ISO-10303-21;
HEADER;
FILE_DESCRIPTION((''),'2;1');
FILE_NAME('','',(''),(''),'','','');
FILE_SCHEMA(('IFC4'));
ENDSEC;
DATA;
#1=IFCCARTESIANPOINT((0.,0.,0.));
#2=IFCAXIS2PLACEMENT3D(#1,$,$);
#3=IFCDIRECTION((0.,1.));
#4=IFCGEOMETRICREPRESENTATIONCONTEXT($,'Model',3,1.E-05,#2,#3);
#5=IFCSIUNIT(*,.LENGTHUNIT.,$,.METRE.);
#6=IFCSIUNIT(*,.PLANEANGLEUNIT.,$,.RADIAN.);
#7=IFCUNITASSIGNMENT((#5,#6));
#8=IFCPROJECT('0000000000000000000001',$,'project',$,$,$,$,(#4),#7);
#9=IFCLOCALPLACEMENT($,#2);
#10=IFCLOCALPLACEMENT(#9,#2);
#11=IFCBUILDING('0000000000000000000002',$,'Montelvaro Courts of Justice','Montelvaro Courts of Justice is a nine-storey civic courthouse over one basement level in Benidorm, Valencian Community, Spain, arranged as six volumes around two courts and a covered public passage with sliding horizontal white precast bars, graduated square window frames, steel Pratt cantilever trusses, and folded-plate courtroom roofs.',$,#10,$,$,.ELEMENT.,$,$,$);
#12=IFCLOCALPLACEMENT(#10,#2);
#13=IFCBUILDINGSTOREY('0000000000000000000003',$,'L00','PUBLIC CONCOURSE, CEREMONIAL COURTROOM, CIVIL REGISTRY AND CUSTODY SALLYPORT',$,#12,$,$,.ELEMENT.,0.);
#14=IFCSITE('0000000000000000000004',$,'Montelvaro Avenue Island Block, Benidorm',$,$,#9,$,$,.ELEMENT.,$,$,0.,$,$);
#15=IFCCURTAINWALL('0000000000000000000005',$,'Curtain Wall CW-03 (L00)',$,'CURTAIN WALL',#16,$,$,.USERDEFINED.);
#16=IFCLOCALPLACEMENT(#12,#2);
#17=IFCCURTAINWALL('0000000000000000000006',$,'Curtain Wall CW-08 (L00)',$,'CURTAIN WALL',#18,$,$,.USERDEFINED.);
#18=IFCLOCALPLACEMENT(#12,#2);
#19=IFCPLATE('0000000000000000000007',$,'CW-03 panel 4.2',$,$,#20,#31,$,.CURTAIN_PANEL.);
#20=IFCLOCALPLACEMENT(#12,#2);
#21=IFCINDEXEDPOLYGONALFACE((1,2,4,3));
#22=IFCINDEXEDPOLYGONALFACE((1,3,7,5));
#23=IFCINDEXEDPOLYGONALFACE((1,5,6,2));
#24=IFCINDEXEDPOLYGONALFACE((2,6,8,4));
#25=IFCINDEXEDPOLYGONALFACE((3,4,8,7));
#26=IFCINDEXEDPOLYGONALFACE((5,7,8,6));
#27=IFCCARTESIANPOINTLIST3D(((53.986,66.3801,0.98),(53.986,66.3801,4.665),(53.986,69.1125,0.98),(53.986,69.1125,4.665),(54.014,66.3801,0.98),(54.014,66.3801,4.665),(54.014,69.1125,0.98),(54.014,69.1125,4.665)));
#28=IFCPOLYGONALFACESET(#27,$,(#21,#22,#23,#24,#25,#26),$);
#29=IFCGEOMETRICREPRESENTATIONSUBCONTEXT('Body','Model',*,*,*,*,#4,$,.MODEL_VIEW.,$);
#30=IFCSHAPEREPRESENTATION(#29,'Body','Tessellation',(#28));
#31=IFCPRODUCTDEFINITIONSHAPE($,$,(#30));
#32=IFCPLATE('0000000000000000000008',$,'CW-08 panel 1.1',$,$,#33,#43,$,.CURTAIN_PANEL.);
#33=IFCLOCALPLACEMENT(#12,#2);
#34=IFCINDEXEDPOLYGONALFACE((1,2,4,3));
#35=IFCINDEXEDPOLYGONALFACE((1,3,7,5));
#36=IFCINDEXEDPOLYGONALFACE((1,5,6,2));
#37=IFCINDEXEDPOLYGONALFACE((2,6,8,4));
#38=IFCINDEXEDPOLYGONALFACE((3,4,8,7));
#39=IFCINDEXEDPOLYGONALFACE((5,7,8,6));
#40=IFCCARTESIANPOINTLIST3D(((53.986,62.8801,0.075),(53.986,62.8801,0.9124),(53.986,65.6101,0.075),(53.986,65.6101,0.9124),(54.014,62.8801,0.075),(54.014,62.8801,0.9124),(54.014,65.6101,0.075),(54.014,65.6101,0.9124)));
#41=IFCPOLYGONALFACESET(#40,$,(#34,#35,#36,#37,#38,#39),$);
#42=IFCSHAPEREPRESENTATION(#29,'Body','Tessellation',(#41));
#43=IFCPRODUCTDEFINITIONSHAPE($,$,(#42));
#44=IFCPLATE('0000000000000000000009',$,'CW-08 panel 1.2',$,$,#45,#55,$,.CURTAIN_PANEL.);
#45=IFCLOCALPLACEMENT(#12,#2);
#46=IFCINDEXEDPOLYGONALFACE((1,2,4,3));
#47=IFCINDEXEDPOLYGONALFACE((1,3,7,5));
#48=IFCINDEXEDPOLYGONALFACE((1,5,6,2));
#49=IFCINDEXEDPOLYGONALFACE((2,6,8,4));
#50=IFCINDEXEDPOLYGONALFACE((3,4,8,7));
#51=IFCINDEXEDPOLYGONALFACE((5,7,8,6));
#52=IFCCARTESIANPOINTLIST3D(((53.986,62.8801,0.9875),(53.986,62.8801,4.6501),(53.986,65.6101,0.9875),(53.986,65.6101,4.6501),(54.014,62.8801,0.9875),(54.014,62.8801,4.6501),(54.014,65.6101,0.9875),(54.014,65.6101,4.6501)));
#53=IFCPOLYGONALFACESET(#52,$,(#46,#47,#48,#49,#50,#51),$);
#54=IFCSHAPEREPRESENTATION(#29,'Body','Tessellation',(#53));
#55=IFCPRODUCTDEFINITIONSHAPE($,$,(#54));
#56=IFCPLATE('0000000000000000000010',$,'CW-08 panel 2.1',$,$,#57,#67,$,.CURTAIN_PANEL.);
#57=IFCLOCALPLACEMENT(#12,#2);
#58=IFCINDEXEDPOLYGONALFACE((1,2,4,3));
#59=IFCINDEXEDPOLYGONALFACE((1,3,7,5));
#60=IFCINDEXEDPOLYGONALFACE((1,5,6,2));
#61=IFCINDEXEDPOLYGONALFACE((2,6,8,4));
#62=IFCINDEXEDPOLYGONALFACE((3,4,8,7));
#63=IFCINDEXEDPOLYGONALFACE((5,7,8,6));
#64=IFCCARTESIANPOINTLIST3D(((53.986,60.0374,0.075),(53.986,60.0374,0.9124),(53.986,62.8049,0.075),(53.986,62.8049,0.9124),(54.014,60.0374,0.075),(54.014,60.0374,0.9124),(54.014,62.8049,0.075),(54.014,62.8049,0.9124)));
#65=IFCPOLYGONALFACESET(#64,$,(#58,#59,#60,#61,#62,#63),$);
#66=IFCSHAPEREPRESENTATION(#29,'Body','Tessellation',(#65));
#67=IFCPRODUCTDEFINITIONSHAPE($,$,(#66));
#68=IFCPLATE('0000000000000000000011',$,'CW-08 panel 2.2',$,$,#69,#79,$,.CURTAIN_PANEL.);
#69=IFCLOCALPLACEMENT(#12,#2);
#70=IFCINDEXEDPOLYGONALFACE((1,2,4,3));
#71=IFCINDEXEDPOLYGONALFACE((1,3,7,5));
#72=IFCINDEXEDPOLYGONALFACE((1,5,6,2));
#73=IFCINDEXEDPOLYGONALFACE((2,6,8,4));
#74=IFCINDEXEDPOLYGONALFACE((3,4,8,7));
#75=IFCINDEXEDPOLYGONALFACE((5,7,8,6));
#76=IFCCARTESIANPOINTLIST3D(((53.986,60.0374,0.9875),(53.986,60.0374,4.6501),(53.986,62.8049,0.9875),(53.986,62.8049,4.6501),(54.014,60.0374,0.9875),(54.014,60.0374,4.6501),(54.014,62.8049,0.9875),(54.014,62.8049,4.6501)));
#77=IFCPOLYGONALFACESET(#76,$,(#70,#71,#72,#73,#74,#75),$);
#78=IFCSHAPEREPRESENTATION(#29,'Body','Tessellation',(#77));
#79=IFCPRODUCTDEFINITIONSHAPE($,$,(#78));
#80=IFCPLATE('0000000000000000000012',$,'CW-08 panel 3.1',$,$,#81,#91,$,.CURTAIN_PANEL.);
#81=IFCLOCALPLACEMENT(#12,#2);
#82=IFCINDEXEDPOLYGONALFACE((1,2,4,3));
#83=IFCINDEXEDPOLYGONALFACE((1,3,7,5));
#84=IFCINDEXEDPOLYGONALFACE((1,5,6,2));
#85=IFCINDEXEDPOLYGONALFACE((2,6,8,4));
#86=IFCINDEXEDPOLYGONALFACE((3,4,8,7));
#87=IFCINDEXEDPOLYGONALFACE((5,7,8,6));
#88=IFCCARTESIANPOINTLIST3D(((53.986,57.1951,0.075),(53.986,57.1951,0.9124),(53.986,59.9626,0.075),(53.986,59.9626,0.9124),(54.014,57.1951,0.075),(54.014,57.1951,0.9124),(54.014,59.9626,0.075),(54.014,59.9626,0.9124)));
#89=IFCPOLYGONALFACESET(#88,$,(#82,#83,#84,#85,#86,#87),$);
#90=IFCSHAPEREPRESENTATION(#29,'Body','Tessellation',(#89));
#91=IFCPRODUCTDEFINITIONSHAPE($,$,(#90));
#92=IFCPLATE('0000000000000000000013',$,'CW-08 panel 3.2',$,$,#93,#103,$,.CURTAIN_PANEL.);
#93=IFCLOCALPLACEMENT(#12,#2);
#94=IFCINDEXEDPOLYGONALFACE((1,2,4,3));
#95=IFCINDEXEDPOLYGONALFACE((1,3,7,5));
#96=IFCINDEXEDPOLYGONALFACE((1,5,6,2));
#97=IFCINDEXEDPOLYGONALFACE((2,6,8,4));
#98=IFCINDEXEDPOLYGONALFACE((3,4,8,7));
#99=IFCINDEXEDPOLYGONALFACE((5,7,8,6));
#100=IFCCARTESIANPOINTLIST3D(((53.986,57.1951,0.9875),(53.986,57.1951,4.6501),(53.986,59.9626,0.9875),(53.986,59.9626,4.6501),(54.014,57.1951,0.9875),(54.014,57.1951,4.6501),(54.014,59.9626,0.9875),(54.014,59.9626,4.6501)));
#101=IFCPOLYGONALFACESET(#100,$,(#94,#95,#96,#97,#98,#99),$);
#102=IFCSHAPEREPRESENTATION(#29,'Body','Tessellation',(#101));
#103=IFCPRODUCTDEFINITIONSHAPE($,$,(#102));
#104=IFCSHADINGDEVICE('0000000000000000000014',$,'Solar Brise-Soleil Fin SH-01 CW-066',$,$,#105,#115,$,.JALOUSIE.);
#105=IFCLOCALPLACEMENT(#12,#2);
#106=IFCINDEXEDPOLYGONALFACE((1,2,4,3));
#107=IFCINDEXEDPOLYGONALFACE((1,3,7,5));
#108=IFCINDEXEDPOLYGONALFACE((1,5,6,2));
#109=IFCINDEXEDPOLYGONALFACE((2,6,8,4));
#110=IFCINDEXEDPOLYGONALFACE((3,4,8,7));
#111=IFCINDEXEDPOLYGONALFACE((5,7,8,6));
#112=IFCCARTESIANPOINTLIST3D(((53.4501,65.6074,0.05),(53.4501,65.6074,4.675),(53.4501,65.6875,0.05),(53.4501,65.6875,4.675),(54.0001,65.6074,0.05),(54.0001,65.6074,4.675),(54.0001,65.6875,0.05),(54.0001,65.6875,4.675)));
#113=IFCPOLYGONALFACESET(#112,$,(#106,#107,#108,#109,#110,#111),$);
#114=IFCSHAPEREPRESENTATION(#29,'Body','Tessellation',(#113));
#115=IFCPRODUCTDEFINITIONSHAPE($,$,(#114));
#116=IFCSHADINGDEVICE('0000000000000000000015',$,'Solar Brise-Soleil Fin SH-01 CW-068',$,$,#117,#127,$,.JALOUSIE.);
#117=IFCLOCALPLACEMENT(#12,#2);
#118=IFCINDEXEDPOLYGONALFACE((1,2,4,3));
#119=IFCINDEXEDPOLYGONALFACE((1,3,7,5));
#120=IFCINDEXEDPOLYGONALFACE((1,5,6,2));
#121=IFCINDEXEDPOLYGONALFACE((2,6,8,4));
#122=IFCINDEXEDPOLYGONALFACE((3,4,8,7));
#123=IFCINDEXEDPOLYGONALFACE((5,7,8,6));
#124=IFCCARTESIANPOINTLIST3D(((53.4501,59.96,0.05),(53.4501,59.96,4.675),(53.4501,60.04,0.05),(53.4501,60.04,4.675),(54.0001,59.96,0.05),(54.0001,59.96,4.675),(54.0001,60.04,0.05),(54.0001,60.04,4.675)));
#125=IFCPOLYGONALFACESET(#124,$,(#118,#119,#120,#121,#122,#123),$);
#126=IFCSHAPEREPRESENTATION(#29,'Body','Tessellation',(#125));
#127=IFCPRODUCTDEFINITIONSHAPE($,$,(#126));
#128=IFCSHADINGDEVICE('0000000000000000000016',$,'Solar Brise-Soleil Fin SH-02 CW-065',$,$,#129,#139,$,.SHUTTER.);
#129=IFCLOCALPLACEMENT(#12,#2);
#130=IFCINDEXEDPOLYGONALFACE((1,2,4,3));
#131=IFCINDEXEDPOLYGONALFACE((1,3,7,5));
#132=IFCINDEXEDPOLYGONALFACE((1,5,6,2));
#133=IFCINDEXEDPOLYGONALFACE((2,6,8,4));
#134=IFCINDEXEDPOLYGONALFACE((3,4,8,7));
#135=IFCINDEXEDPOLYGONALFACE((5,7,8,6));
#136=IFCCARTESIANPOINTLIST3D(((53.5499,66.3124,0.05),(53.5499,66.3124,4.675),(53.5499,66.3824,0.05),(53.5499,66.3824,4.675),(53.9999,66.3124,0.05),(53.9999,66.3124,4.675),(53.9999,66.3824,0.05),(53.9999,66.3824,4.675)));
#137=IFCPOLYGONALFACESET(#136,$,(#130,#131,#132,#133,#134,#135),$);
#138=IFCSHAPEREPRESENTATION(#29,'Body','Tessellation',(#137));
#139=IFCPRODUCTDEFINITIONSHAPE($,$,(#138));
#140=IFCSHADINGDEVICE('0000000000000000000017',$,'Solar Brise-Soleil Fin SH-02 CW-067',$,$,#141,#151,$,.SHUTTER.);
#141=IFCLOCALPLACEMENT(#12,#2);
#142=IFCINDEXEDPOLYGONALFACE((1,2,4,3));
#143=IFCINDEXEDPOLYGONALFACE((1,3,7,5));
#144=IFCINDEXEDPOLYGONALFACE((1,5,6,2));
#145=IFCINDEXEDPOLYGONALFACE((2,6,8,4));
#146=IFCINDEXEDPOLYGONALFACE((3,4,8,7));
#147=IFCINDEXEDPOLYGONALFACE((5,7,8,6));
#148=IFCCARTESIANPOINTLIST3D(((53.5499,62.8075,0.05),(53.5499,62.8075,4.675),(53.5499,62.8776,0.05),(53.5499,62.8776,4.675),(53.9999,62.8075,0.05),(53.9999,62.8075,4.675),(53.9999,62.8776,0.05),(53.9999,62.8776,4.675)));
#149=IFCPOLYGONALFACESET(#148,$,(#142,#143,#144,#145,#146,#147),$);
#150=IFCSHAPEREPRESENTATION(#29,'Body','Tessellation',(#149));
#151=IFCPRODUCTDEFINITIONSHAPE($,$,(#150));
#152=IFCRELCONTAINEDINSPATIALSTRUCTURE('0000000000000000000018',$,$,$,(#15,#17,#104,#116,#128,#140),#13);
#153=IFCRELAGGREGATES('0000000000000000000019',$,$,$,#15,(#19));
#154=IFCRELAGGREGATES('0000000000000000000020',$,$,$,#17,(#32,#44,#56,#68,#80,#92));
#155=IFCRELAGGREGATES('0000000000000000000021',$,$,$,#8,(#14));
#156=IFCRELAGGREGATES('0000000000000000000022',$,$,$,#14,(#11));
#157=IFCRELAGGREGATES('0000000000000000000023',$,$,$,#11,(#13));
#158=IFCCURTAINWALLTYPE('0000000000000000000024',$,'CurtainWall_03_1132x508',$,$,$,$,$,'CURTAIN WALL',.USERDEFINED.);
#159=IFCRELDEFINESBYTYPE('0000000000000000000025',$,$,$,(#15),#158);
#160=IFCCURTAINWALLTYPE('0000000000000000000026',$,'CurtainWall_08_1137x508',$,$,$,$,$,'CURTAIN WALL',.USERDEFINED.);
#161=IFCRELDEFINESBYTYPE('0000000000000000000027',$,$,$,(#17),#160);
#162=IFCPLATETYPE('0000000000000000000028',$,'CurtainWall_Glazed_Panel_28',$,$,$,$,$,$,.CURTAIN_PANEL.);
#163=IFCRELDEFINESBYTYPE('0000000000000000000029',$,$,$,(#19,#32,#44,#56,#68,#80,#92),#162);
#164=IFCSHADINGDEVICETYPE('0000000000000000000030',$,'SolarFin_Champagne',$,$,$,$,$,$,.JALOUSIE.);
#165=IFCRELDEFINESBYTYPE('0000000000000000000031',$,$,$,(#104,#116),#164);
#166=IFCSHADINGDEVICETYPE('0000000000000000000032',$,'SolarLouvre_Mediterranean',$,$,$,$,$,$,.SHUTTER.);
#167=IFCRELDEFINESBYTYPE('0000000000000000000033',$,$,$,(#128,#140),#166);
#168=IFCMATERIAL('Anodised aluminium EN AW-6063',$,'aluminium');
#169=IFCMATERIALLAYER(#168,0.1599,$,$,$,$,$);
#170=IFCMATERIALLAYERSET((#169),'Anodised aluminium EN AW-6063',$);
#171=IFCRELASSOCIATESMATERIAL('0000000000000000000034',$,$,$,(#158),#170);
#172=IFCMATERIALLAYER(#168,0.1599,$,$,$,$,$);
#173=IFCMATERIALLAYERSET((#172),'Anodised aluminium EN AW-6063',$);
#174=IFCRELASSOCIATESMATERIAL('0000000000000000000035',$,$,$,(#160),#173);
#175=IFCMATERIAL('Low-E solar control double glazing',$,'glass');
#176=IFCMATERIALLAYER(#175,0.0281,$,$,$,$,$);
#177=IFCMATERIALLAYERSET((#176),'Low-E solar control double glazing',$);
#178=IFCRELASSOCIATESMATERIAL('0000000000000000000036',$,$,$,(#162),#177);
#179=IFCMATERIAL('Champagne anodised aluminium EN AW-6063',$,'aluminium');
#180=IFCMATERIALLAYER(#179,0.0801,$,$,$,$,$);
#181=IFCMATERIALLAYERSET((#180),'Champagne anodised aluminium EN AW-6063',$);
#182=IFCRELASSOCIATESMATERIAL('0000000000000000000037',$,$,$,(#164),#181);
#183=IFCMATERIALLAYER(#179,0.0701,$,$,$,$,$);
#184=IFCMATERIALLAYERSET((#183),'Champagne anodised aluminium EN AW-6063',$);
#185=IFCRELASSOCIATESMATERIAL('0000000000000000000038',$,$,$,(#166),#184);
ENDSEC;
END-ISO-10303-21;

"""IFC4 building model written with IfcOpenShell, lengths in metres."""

from ifc_helpers import new_model, si_unit, direction, frame, origin, origin_2d, place, context, subcontext, project, spatial, rectangle, extrude, material, layer, layer_set, type_object, element, aggregate, save


model = new_model("IFC4")

# Units and contexts
model_context = context("Model", 3, precision=1e-05, world=origin(), true_north=direction((0.0, 1.0)))
body_context = subcontext(model_context, "Body", "Model", "MODEL_VIEW")
ifc_project = project(units=[si_unit("LENGTHUNIT", "METRE"), si_unit("PLANEANGLEUNIT", "RADIAN")], contexts=[model_context])

# Site, building, storey
site_placement = place(None, origin())
site = spatial("IfcSite", under=ifc_project, at=site_placement, Name="Montelvaro Avenue Island Block, Benidorm", CompositionType="ELEMENT", RefElevation=0.0)
building_placement = place(site_placement, origin())
building = spatial("IfcBuilding", under=site, at=building_placement, Name="Montelvaro Courts of Justice", Description="Montelvaro Courts of Justice is a nine-storey civic courthouse over one basement level in Benidorm, Valencian Community, Spain, arranged as six volumes around two courts and a covered public passage with sliding horizontal white precast bars, graduated square window frames, steel Pratt cantilever trusses, and folded-plate courtroom roofs.", CompositionType="ELEMENT")
storey_placement = place(building_placement, origin())
storey = spatial("IfcBuildingStorey", under=building, at=storey_placement, Name="L00", Description="PUBLIC CONCOURSE, CEREMONIAL COURTROOM, CIVIL REGISTRY AND CUSTODY SALLYPORT", CompositionType="ELEMENT", Elevation=0.0)

# Curtain wall
ifc_material_1 = material(Name="Anodised aluminium EN AW-6063", Category="aluminium")
ifc_layer_1 = layer(ifc_material_1, 0.1599)
ifc_layer_set_1 = layer_set([ifc_layer_1], Name="Anodised aluminium EN AW-6063")
curtain_wall_type_1 = type_object("IfcCurtainWallType", Name="CurtainWall_03_1132x508", ElementType="CURTAIN WALL", PredefinedType="USERDEFINED", material=ifc_layer_set_1)
curtain_wall_1_placement = place(storey_placement, origin())
curtain_wall_1 = element("IfcCurtainWall", 1, at=curtain_wall_1_placement, inside=storey, type_object=curtain_wall_type_1, Name="Curtain Wall CW-03 (L00)", ObjectType="CURTAIN WALL", PredefinedType="USERDEFINED")

# Curtain wall
ifc_layer_2 = layer(ifc_material_1, 0.1599)
ifc_layer_set_2 = layer_set([ifc_layer_2], Name="Anodised aluminium EN AW-6063")
curtain_wall_type_2 = type_object("IfcCurtainWallType", Name="CurtainWall_08_1137x508", ElementType="CURTAIN WALL", PredefinedType="USERDEFINED", material=ifc_layer_set_2)
curtain_wall_2_placement = place(storey_placement, origin())
curtain_wall_2 = element("IfcCurtainWall", 2, at=curtain_wall_2_placement, inside=storey, type_object=curtain_wall_type_2, Name="Curtain Wall CW-08 (L00)", ObjectType="CURTAIN WALL", PredefinedType="USERDEFINED")

# Plates
ifc_material_2 = material(Name="Low-E solar control double glazing", Category="glass")
ifc_layer_3 = layer(ifc_material_2, 0.0281)
ifc_layer_set_3 = layer_set([ifc_layer_3], Name="Low-E solar control double glazing")
plate_type = type_object("IfcPlateType", Name="CurtainWall_Glazed_Panel_28", PredefinedType="CURTAIN_PANEL", material=ifc_layer_set_3)
plate_1_placement = place(storey_placement, frame((54.0, 67.7463, 0.98), z_axis=(0.0, 0.0, 1.0), x_axis=(0.0, -1.0, 0.0)))
plate_1 = element("IfcPlate", 3, at=plate_1_placement, type_object=plate_type, Name="CW-03 panel 4.2", PredefinedType="CURTAIN_PANEL", context=body_context, shape_type="SweptSolid", body=[
    extrude(rectangle(XDim=2.7324, YDim=0.0281, at=origin_2d()), origin(), (0.0, 0.0, 1.0), 3.6851),
])
aggregate(curtain_wall_1, [plate_1])
plate_2_placement = place(storey_placement, frame((54.0, 64.2451, 0.075), z_axis=(0.0, 0.0, 1.0), x_axis=(0.0, -1.0, 0.0)))
plate_2 = element("IfcPlate", 4, at=plate_2_placement, type_object=plate_type, Name="CW-08 panel 1.1", PredefinedType="CURTAIN_PANEL", context=body_context, shape_type="SweptSolid", body=[
    extrude(rectangle(XDim=2.73, YDim=0.0281, at=origin_2d()), origin(), (0.0, 0.0, 1.0), 0.8374),
])
plate_3_placement = place(storey_placement, frame((54.0, 64.2451, 0.9875), z_axis=(0.0, 0.0, 1.0), x_axis=(0.0, -1.0, 0.0)))
plate_3 = element("IfcPlate", 5, at=plate_3_placement, type_object=plate_type, Name="CW-08 panel 1.2", PredefinedType="CURTAIN_PANEL", context=body_context, shape_type="SweptSolid", body=[
    extrude(rectangle(XDim=2.73, YDim=0.0281, at=origin_2d()), origin(), (0.0, 0.0, 1.0), 3.6626),
])
plate_4_placement = place(storey_placement, frame((54.0, 61.4211, 0.075), z_axis=(0.0, 0.0, 1.0), x_axis=(0.0, -1.0, 0.0)))
plate_4 = element("IfcPlate", 6, at=plate_4_placement, type_object=plate_type, Name="CW-08 panel 2.1", PredefinedType="CURTAIN_PANEL", context=body_context, shape_type="SweptSolid", body=[
    extrude(rectangle(XDim=2.7676, YDim=0.0281, at=origin_2d()), origin(), (0.0, 0.0, 1.0), 0.8374),
])
plate_5_placement = place(storey_placement, frame((54.0, 61.4211, 0.9875), z_axis=(0.0, 0.0, 1.0), x_axis=(0.0, -1.0, 0.0)))
plate_5 = element("IfcPlate", 7, at=plate_5_placement, type_object=plate_type, Name="CW-08 panel 2.2", PredefinedType="CURTAIN_PANEL", context=body_context, shape_type="SweptSolid", body=[
    extrude(rectangle(XDim=2.7676, YDim=0.0281, at=origin_2d()), origin(), (0.0, 0.0, 1.0), 3.6626),
])
plate_6_placement = place(storey_placement, frame((54.0, 58.5789, 0.075), z_axis=(0.0, 0.0, 1.0), x_axis=(0.0, -1.0, 0.0)))
plate_6 = element("IfcPlate", 8, at=plate_6_placement, type_object=plate_type, Name="CW-08 panel 3.1", PredefinedType="CURTAIN_PANEL", context=body_context, shape_type="SweptSolid", body=[
    extrude(rectangle(XDim=2.7676, YDim=0.0281, at=origin_2d()), origin(), (0.0, 0.0, 1.0), 0.8374),
])
plate_7_placement = place(storey_placement, frame((54.0, 58.5789, 0.9875), z_axis=(0.0, 0.0, 1.0), x_axis=(0.0, -1.0, 0.0)))
plate_7 = element("IfcPlate", 9, at=plate_7_placement, type_object=plate_type, Name="CW-08 panel 3.2", PredefinedType="CURTAIN_PANEL", context=body_context, shape_type="SweptSolid", body=[
    extrude(rectangle(XDim=2.7676, YDim=0.0281, at=origin_2d()), origin(), (0.0, 0.0, 1.0), 3.6626),
])
aggregate(curtain_wall_2, [plate_2, plate_3, plate_4, plate_5, plate_6, plate_7])

# Shading devices
ifc_material_3 = material(Name="Champagne anodised aluminium EN AW-6063", Category="aluminium")
ifc_layer_4 = layer(ifc_material_3, 0.0801)
ifc_layer_set_4 = layer_set([ifc_layer_4], Name="Champagne anodised aluminium EN AW-6063")
shading_device_type_1 = type_object("IfcShadingDeviceType", Name="SolarFin_Champagne", PredefinedType="JALOUSIE", material=ifc_layer_set_4)
for number, where, z_axis, x_axis, name in (
    (10, (53.7251, 65.6475, 0.05), (0.0, 0.0, 1.0), (0.0, -1.0, 0.0), "Solar Brise-Soleil Fin SH-01 CW-066"),
    (11, (53.7251, 60.0, 0.05), (0.0, 0.0, 1.0), (0.0, -1.0, 0.0), "Solar Brise-Soleil Fin SH-01 CW-068"),
):
    element("IfcShadingDevice", number, at=place(storey_placement, frame(where, z_axis=z_axis, x_axis=x_axis)), inside=storey, type_object=shading_device_type_1, Name=name, PredefinedType="JALOUSIE", context=body_context, shape_type="SweptSolid", body=[
        extrude(rectangle(XDim=0.0801, YDim=0.55, at=origin_2d()), origin(), (0.0, 0.0, 1.0), 4.625),
    ])
ifc_layer_5 = layer(ifc_material_3, 0.0701)
ifc_layer_set_5 = layer_set([ifc_layer_5], Name="Champagne anodised aluminium EN AW-6063")
shading_device_type_2 = type_object("IfcShadingDeviceType", Name="SolarLouvre_Mediterranean", PredefinedType="SHUTTER", material=ifc_layer_set_5)
for number, where, z_axis, x_axis, name in (
    (12, (53.7749, 66.3474, 0.05), (0.0, 0.0, 1.0), (0.0, -1.0, 0.0), "Solar Brise-Soleil Fin SH-02 CW-065"),
    (13, (53.7749, 62.8425, 0.05), (0.0, 0.0, 1.0), (0.0, -1.0, 0.0), "Solar Brise-Soleil Fin SH-02 CW-067"),
):
    element("IfcShadingDevice", number, at=place(storey_placement, frame(where, z_axis=z_axis, x_axis=x_axis)), inside=storey, type_object=shading_device_type_2, Name=name, PredefinedType="SHUTTER", context=body_context, shape_type="SweptSolid", body=[
        extrude(rectangle(XDim=0.0701, YDim=0.45, at=origin_2d()), origin(), (0.0, 0.0, 1.0), 4.625),
    ])

save(model, "model.ifc")
